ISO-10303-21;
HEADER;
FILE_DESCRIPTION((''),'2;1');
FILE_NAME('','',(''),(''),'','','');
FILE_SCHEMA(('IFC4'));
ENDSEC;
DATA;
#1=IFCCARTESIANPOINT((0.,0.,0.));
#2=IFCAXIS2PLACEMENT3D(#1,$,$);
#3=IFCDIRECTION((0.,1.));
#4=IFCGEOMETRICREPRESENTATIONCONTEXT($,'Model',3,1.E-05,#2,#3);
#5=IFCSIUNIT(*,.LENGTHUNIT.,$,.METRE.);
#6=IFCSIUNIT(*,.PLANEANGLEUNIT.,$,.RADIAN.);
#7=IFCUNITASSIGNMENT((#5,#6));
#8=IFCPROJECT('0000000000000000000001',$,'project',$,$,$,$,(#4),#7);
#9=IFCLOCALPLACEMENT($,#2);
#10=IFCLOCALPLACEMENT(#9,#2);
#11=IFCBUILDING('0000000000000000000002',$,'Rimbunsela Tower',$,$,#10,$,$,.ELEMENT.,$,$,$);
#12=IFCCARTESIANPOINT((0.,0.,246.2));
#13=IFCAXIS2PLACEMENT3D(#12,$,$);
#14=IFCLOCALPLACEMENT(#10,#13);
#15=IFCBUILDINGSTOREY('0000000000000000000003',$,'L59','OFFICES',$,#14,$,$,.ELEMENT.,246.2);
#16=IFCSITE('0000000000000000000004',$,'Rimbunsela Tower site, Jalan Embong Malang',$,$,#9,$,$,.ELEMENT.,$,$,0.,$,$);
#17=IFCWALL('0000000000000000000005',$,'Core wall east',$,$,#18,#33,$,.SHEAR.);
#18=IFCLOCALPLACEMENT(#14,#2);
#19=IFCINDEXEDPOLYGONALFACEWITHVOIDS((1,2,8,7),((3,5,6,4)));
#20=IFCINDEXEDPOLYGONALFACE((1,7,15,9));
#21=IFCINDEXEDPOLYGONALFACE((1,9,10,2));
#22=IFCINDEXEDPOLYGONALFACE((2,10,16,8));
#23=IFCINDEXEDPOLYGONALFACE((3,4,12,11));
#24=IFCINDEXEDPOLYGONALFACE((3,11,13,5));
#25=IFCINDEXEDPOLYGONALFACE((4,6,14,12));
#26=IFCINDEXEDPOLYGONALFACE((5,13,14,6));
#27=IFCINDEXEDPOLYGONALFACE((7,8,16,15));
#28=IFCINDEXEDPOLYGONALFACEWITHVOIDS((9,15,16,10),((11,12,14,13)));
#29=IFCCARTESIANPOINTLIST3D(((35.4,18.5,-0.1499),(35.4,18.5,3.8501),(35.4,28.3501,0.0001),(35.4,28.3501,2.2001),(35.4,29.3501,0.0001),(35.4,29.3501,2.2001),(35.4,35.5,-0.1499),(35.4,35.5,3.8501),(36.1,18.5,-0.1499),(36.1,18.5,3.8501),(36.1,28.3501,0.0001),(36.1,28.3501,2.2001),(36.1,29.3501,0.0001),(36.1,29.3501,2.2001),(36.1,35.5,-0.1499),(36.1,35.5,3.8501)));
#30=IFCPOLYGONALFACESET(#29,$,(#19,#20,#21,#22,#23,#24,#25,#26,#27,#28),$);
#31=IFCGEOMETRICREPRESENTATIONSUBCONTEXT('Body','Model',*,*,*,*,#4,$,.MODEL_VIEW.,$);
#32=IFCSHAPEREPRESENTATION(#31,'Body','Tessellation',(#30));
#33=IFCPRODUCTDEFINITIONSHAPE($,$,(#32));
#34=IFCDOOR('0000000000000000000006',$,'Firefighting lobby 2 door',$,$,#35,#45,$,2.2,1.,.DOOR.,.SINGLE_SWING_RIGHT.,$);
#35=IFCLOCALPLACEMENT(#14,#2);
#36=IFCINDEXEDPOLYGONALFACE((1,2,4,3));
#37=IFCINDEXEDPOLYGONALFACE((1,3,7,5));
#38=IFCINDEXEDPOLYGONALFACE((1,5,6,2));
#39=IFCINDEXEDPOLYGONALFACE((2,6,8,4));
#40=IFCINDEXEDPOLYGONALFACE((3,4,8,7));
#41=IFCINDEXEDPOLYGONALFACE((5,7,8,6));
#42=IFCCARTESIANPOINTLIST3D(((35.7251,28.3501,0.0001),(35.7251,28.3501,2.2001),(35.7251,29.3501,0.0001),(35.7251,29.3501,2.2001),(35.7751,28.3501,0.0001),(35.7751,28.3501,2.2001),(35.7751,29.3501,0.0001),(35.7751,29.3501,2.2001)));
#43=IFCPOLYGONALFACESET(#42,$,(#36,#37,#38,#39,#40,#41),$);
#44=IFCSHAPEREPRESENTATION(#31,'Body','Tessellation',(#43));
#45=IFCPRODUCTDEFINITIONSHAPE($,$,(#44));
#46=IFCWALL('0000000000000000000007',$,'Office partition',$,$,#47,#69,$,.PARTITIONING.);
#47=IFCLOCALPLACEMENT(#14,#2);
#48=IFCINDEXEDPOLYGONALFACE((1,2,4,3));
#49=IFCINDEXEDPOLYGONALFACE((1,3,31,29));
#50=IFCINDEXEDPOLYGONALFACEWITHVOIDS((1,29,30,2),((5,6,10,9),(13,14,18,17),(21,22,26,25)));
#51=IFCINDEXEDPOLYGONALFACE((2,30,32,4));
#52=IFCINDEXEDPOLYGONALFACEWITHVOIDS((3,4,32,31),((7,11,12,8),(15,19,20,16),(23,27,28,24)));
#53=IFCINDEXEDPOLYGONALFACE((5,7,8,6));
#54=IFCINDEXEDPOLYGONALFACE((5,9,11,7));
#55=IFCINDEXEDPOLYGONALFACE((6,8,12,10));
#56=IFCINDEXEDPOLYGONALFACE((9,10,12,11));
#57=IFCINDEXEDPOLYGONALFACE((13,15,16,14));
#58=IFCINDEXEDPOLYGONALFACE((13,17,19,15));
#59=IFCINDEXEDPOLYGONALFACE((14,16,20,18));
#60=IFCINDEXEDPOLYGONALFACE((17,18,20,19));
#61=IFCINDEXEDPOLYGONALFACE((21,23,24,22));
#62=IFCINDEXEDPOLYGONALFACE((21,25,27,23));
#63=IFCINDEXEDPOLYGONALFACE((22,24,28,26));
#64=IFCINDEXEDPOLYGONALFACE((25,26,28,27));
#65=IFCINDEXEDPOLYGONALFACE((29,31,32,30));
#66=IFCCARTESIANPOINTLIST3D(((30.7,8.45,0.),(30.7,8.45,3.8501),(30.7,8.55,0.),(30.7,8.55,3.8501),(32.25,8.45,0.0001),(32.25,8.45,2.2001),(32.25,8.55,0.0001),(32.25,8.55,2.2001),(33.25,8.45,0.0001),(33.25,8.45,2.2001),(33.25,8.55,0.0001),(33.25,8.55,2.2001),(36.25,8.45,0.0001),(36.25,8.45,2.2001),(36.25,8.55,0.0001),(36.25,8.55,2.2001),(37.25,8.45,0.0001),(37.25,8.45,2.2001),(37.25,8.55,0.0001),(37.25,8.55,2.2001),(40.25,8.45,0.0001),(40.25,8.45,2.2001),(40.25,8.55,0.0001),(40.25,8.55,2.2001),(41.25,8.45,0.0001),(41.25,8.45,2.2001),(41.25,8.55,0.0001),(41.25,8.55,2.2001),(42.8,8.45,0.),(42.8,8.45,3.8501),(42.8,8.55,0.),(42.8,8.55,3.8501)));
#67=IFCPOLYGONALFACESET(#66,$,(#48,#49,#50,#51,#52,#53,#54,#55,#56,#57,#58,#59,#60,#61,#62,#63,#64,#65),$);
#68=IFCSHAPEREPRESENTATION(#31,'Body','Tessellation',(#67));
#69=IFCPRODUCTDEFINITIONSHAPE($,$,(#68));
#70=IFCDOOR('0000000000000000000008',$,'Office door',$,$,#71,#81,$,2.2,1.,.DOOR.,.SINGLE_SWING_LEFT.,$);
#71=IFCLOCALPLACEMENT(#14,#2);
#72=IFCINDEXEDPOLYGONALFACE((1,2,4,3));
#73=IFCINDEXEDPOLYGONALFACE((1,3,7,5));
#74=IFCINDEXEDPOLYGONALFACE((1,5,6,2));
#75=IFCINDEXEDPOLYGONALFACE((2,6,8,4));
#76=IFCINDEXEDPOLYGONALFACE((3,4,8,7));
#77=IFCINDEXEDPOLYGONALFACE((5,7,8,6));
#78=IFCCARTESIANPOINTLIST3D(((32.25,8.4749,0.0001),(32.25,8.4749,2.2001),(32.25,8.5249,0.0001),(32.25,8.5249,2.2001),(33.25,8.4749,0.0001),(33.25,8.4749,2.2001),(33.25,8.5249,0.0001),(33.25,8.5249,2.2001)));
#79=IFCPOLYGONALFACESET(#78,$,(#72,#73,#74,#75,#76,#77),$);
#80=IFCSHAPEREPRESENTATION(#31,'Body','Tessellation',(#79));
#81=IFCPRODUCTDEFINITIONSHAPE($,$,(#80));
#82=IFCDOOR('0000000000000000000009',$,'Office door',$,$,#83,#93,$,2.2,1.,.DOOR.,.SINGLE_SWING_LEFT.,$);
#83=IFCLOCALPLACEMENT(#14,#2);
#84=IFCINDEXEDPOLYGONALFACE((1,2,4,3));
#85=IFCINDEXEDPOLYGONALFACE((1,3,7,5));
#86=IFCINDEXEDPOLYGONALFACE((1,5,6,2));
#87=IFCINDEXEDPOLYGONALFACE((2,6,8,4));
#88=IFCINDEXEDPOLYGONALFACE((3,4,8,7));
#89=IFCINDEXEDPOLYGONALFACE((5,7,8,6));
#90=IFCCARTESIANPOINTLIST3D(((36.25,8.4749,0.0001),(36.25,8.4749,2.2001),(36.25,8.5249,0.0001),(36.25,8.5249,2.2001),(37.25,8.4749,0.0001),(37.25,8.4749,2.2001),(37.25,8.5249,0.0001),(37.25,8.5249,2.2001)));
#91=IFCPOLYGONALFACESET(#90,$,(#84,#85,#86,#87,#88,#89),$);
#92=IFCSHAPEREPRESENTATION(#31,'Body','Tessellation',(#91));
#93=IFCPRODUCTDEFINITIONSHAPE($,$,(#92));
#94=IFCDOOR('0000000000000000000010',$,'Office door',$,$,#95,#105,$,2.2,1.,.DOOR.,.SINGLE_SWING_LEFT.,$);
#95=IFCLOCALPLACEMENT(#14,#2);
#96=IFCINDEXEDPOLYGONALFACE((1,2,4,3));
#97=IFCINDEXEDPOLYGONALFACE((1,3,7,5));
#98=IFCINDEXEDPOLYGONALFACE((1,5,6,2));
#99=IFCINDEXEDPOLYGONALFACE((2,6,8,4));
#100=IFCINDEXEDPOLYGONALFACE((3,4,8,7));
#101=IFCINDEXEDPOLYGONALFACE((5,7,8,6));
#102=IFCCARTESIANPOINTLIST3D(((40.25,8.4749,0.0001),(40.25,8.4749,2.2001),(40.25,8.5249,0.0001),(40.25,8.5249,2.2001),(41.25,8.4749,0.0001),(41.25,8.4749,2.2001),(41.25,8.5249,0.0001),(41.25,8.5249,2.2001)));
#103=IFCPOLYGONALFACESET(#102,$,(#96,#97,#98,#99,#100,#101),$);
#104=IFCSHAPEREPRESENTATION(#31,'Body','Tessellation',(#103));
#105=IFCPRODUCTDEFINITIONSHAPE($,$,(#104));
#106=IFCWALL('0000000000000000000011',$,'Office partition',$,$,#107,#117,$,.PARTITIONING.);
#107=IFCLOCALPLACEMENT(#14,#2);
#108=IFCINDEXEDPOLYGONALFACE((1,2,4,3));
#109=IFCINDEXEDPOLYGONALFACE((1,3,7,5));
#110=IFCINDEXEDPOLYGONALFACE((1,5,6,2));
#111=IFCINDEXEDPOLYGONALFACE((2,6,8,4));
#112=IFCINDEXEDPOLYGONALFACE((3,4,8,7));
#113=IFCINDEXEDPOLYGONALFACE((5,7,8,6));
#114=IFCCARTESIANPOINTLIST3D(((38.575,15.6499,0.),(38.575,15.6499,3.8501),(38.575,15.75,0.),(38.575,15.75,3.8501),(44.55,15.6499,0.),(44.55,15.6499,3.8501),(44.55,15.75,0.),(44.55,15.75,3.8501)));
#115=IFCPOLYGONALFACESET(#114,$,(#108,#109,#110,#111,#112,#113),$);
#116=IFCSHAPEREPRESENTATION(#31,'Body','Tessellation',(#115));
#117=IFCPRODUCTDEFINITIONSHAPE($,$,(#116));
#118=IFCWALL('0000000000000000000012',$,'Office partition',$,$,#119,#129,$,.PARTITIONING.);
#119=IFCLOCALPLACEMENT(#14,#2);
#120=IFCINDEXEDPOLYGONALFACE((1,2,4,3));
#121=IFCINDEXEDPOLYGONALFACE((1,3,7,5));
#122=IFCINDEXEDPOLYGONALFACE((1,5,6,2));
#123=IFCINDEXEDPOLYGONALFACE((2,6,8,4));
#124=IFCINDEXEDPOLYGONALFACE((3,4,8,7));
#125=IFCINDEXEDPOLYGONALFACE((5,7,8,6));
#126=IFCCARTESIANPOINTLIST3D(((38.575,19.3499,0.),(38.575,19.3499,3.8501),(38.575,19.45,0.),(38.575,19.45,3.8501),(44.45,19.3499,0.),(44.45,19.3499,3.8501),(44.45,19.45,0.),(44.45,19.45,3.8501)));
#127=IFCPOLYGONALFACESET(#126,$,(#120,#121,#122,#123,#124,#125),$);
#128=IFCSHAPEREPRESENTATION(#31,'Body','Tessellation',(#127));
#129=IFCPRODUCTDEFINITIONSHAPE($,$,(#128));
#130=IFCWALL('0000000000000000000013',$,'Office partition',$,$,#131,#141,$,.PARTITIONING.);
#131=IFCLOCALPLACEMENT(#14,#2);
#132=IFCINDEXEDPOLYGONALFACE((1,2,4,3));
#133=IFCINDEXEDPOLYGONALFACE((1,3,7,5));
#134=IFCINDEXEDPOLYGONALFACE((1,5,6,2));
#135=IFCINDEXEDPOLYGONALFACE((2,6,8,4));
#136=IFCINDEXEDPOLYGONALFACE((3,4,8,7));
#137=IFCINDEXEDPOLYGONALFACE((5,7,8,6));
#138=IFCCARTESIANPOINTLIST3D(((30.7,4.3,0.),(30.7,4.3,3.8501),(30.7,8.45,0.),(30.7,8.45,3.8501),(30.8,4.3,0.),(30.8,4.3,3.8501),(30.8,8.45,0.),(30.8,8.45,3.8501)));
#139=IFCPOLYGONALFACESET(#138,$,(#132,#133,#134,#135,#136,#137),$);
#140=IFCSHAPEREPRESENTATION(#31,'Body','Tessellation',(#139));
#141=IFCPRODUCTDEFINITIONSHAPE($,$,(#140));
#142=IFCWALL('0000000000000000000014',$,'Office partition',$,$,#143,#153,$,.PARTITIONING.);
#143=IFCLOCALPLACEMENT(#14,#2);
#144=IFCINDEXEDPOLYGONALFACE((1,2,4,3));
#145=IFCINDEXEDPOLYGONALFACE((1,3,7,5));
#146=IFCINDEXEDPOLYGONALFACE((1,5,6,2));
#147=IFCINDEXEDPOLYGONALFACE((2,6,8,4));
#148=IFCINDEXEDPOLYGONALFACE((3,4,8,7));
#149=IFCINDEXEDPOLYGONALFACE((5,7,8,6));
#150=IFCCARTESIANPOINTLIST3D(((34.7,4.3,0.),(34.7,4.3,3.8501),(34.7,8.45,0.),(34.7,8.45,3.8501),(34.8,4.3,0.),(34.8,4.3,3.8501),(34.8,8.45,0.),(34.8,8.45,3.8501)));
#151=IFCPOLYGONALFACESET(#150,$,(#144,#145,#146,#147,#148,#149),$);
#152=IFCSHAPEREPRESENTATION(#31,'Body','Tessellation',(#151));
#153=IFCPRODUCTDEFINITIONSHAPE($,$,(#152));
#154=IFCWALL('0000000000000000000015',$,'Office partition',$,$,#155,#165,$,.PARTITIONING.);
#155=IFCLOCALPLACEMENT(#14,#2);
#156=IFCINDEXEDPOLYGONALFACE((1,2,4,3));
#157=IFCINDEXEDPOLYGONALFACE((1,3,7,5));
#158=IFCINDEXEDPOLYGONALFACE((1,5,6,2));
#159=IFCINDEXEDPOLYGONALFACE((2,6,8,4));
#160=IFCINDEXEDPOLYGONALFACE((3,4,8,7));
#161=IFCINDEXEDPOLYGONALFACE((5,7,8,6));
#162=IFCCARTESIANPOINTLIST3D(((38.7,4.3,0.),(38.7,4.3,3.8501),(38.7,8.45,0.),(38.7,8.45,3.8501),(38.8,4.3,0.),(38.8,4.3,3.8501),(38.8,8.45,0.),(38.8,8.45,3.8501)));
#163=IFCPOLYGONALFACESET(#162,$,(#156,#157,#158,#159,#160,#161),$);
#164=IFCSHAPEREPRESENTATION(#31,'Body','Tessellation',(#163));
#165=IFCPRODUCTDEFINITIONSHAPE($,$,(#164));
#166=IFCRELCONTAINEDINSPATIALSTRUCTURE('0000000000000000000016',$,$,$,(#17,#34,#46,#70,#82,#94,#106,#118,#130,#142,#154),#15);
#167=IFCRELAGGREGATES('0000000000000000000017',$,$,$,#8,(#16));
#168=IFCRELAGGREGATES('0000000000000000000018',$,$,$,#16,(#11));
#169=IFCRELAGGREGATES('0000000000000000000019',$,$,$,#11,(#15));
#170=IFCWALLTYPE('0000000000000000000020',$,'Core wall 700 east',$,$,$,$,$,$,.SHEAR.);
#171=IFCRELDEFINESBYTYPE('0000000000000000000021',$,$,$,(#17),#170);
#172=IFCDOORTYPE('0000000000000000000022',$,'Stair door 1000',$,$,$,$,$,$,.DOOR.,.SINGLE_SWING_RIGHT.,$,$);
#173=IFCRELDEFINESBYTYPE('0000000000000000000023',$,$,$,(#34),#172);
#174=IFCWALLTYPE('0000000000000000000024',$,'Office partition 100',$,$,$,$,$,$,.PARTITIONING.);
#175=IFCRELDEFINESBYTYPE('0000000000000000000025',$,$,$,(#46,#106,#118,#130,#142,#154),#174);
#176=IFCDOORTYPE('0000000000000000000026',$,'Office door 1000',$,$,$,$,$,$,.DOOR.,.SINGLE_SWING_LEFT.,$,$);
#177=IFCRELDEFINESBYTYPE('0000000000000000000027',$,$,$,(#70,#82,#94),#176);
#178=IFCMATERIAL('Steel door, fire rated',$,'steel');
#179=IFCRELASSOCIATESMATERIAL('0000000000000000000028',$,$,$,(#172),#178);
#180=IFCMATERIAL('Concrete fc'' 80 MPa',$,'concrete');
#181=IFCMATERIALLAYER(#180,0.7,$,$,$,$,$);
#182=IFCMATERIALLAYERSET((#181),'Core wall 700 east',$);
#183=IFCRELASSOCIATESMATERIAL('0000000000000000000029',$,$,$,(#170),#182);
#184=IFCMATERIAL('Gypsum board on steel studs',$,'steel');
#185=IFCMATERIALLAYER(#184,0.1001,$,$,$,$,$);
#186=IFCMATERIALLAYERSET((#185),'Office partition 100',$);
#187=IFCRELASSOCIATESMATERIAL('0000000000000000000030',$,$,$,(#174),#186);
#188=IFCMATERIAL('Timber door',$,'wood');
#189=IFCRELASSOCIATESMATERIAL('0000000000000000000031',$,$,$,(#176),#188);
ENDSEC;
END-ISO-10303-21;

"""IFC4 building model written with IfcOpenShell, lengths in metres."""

from ifc_helpers import new_model, si_unit, direction, frame, frame_2d, origin, place, context, subcontext, project, spatial, rectangle, extrude, material, layer, layer_set, type_object, element, fill, save


model = new_model("IFC4")

# Units and contexts
model_context = context("Model", 3, precision=1e-05, world=origin(), true_north=direction((0.0, 1.0)))
body_context = subcontext(model_context, "Body", "Model", "MODEL_VIEW")
ifc_project = project(units=[si_unit("LENGTHUNIT", "METRE"), si_unit("PLANEANGLEUNIT", "RADIAN")], contexts=[model_context])

# Site, building, storey
site_placement = place(None, origin())
site = spatial("IfcSite", under=ifc_project, at=site_placement, Name="Rimbunsela Tower site, Jalan Embong Malang", CompositionType="ELEMENT", RefElevation=0.0)
building_placement = place(site_placement, origin())
building = spatial("IfcBuilding", under=site, at=building_placement, Name="Rimbunsela Tower", CompositionType="ELEMENT")
storey_placement = place(building_placement, frame((0.0, 0.0, 246.2)))
storey = spatial("IfcBuildingStorey", under=building, at=storey_placement, Name="L59", Description="OFFICES", CompositionType="ELEMENT", Elevation=246.2)

# Shared definitions
ifc_material_1 = material(Name="Steel door, fire rated", Category="steel")
door_type_1 = type_object("IfcDoorType", Name="Stair door 1000", OperationType="SINGLE_SWING_RIGHT", PredefinedType="DOOR", material=ifc_material_1)

# Wall, opening, door
ifc_material_2 = material(Name="Concrete fc' 80 MPa", Category="concrete")
ifc_layer_1 = layer(ifc_material_2, 0.7)
ifc_layer_set_1 = layer_set([ifc_layer_1], Name="Core wall 700 east")
wall_type_1 = type_object("IfcWallType", Name="Core wall 700 east", PredefinedType="SHEAR", material=ifc_layer_set_1)
wall_1_placement = place(storey_placement, frame((35.75, 18.5, -0.1499), z_axis=(0.0, 0.0, 1.0), x_axis=(0.0, 1.0, 0.0)))
wall_1 = element("IfcWall", 1, at=wall_1_placement, inside=storey, type_object=wall_type_1, Name="Core wall east", PredefinedType="SHEAR", context=body_context, shape_type="SweptSolid", body=[
    extrude(rectangle(XDim=17.0, YDim=0.7, at=frame_2d((8.5, 0.0))), origin(), (0.0, 0.0, 1.0), 4.0),
])
opening_1_placement = place(wall_1_placement, frame((9.8501, 0.0, 0.1499)))
opening_1 = element("IfcOpeningElement", 2, at=opening_1_placement, cuts=wall_1, PredefinedType="OPENING", context=body_context, shape_type="SweptSolid", body=[
    extrude(rectangle(XDim=1.0, YDim=2.2, at=frame_2d((0.5, 1.1001))), frame((0.0, 0.3599, 0.0), z_axis=(0.0, -1.0, 0.0), x_axis=(1.0, 0.0, 0.0)), (0.0, 0.0, 1.0), 0.72),
])
door_1_placement = place(opening_1_placement, origin())
door_1 = element("IfcDoor", 3, at=door_1_placement, inside=storey, type_object=door_type_1, Name="Firefighting lobby 2 door", OperationType="SINGLE_SWING_RIGHT", OverallHeight=2.2, OverallWidth=1.0, PredefinedType="DOOR", context=body_context, shape_type="SweptSolid", body=[
    extrude(rectangle(XDim=1.0, YDim=2.2, at=frame_2d((0.5, 1.1001))), frame((0.0, 0.0249, 0.0), z_axis=(0.0, -1.0, 0.0), x_axis=(1.0, 0.0, 0.0)), (0.0, 0.0, 1.0), 0.05),
])
fill(opening_1, door_1)

# Wall, openings, doors
ifc_material_3 = material(Name="Gypsum board on steel studs", Category="steel")
ifc_layer_2 = layer(ifc_material_3, 0.1001)
ifc_layer_set_2 = layer_set([ifc_layer_2], Name="Office partition 100")
wall_type_2 = type_object("IfcWallType", Name="Office partition 100", PredefinedType="PARTITIONING", material=ifc_layer_set_2)
wall_2_placement = place(storey_placement, frame((30.7, 8.5, 0.0), z_axis=(0.0, 0.0, 1.0), x_axis=(1.0, 0.0, 0.0)))
wall_2 = element("IfcWall", 4, at=wall_2_placement, inside=storey, type_object=wall_type_2, Name="Office partition", PredefinedType="PARTITIONING", context=body_context, shape_type="SweptSolid", body=[
    extrude(rectangle(XDim=12.1001, YDim=0.1001, at=frame_2d((6.05, 0.0))), origin(), (0.0, 0.0, 1.0), 3.8501),
])
opening_2_placement = place(wall_2_placement, frame((1.55, 0.0, 0.0)))
opening_2 = element("IfcOpeningElement", 5, at=opening_2_placement, cuts=wall_2, PredefinedType="OPENING", context=body_context, shape_type="SweptSolid", body=[
    extrude(rectangle(XDim=1.0, YDim=2.2, at=frame_2d((0.5, 1.1001))), frame((0.0, 0.0601, 0.0), z_axis=(0.0, -1.0, 0.0), x_axis=(1.0, 0.0, 0.0)), (0.0, 0.0, 1.0), 0.1201),
])
opening_3_placement = place(wall_2_placement, frame((5.55, 0.0, 0.0)))
opening_3 = element("IfcOpeningElement", 6, at=opening_3_placement, cuts=wall_2, PredefinedType="OPENING", context=body_context, shape_type="SweptSolid", body=[
    extrude(rectangle(XDim=1.0, YDim=2.2, at=frame_2d((0.5, 1.1001))), frame((0.0, 0.0601, 0.0), z_axis=(0.0, -1.0, 0.0), x_axis=(1.0, 0.0, 0.0)), (0.0, 0.0, 1.0), 0.1201),
])
opening_4_placement = place(wall_2_placement, frame((9.55, 0.0, 0.0)))
opening_4 = element("IfcOpeningElement", 7, at=opening_4_placement, cuts=wall_2, PredefinedType="OPENING", context=body_context, shape_type="SweptSolid", body=[
    extrude(rectangle(XDim=1.0, YDim=2.2, at=frame_2d((0.5, 1.1001))), frame((0.0, 0.0601, 0.0), z_axis=(0.0, -1.0, 0.0), x_axis=(1.0, 0.0, 0.0)), (0.0, 0.0, 1.0), 0.1201),
])
ifc_material_4 = material(Name="Timber door", Category="wood")
door_type_2 = type_object("IfcDoorType", Name="Office door 1000", OperationType="SINGLE_SWING_LEFT", PredefinedType="DOOR", material=ifc_material_4)
door_2_placement = place(opening_2_placement, origin())
door_2 = element("IfcDoor", 8, at=door_2_placement, inside=storey, type_object=door_type_2, Name="Office door", OperationType="SINGLE_SWING_LEFT", OverallHeight=2.2, OverallWidth=1.0, PredefinedType="DOOR", context=body_context, shape_type="SweptSolid", body=[
    extrude(rectangle(XDim=1.0, YDim=2.2, at=frame_2d((0.5, 1.1001))), frame((0.0, 0.0249, 0.0), z_axis=(0.0, -1.0, 0.0), x_axis=(1.0, 0.0, 0.0)), (0.0, 0.0, 1.0), 0.05),
])
fill(opening_2, door_2)
door_3_placement = place(opening_3_placement, origin())
door_3 = element("IfcDoor", 9, at=door_3_placement, inside=storey, type_object=door_type_2, Name="Office door", OperationType="SINGLE_SWING_LEFT", OverallHeight=2.2, OverallWidth=1.0, PredefinedType="DOOR", context=body_context, shape_type="SweptSolid", body=[
    extrude(rectangle(XDim=1.0, YDim=2.2, at=frame_2d((0.5, 1.1001))), frame((0.0, 0.0249, 0.0), z_axis=(0.0, -1.0, 0.0), x_axis=(1.0, 0.0, 0.0)), (0.0, 0.0, 1.0), 0.05),
])
fill(opening_3, door_3)
door_4_placement = place(opening_4_placement, origin())
door_4 = element("IfcDoor", 10, at=door_4_placement, inside=storey, type_object=door_type_2, Name="Office door", OperationType="SINGLE_SWING_LEFT", OverallHeight=2.2, OverallWidth=1.0, PredefinedType="DOOR", context=body_context, shape_type="SweptSolid", body=[
    extrude(rectangle(XDim=1.0, YDim=2.2, at=frame_2d((0.5, 1.1001))), frame((0.0, 0.0249, 0.0), z_axis=(0.0, -1.0, 0.0), x_axis=(1.0, 0.0, 0.0)), (0.0, 0.0, 1.0), 0.05),
])
fill(opening_4, door_4)

# Walls
wall_3_placement = place(storey_placement, frame((38.575, 15.7, 0.0), z_axis=(0.0, 0.0, 1.0), x_axis=(1.0, 0.0, 0.0)))
element("IfcWall", 11, at=wall_3_placement, inside=storey, type_object=wall_type_2, Name="Office partition", PredefinedType="PARTITIONING", context=body_context, shape_type="SweptSolid", body=[
    extrude(rectangle(XDim=5.9751, YDim=0.1001, at=frame_2d((2.9875, 0.0))), origin(), (0.0, 0.0, 1.0), 3.8501),
])
wall_4_placement = place(storey_placement, frame((38.575, 19.3999, 0.0), z_axis=(0.0, 0.0, 1.0), x_axis=(1.0, 0.0, 0.0)))
element("IfcWall", 12, at=wall_4_placement, inside=storey, type_object=wall_type_2, Name="Office partition", PredefinedType="PARTITIONING", context=body_context, shape_type="SweptSolid", body=[
    extrude(rectangle(XDim=5.875, YDim=0.1001, at=frame_2d((2.9375, 0.0))), origin(), (0.0, 0.0, 1.0), 3.8501),
])
for number, where, z_axis, x_axis, name in (
    (13, (30.75, 4.3, 0.0), (0.0, 0.0, 1.0), (0.0, 1.0, 0.0), "Office partition"),
    (14, (34.75, 4.3, 0.0), (0.0, 0.0, 1.0), (0.0, 1.0, 0.0), "Office partition"),
    (15, (38.75, 4.3, 0.0), (0.0, 0.0, 1.0), (0.0, 1.0, 0.0), "Office partition"),
):
    element("IfcWall", number, at=place(storey_placement, frame(where, z_axis=z_axis, x_axis=x_axis)), inside=storey, type_object=wall_type_2, Name=name, PredefinedType="PARTITIONING", context=body_context, shape_type="SweptSolid", body=[
        extrude(rectangle(XDim=4.1499, YDim=0.1001, at=frame_2d((2.075, 0.0))), origin(), (0.0, 0.0, 1.0), 3.8501),
    ])

save(model, "model.ifc")
